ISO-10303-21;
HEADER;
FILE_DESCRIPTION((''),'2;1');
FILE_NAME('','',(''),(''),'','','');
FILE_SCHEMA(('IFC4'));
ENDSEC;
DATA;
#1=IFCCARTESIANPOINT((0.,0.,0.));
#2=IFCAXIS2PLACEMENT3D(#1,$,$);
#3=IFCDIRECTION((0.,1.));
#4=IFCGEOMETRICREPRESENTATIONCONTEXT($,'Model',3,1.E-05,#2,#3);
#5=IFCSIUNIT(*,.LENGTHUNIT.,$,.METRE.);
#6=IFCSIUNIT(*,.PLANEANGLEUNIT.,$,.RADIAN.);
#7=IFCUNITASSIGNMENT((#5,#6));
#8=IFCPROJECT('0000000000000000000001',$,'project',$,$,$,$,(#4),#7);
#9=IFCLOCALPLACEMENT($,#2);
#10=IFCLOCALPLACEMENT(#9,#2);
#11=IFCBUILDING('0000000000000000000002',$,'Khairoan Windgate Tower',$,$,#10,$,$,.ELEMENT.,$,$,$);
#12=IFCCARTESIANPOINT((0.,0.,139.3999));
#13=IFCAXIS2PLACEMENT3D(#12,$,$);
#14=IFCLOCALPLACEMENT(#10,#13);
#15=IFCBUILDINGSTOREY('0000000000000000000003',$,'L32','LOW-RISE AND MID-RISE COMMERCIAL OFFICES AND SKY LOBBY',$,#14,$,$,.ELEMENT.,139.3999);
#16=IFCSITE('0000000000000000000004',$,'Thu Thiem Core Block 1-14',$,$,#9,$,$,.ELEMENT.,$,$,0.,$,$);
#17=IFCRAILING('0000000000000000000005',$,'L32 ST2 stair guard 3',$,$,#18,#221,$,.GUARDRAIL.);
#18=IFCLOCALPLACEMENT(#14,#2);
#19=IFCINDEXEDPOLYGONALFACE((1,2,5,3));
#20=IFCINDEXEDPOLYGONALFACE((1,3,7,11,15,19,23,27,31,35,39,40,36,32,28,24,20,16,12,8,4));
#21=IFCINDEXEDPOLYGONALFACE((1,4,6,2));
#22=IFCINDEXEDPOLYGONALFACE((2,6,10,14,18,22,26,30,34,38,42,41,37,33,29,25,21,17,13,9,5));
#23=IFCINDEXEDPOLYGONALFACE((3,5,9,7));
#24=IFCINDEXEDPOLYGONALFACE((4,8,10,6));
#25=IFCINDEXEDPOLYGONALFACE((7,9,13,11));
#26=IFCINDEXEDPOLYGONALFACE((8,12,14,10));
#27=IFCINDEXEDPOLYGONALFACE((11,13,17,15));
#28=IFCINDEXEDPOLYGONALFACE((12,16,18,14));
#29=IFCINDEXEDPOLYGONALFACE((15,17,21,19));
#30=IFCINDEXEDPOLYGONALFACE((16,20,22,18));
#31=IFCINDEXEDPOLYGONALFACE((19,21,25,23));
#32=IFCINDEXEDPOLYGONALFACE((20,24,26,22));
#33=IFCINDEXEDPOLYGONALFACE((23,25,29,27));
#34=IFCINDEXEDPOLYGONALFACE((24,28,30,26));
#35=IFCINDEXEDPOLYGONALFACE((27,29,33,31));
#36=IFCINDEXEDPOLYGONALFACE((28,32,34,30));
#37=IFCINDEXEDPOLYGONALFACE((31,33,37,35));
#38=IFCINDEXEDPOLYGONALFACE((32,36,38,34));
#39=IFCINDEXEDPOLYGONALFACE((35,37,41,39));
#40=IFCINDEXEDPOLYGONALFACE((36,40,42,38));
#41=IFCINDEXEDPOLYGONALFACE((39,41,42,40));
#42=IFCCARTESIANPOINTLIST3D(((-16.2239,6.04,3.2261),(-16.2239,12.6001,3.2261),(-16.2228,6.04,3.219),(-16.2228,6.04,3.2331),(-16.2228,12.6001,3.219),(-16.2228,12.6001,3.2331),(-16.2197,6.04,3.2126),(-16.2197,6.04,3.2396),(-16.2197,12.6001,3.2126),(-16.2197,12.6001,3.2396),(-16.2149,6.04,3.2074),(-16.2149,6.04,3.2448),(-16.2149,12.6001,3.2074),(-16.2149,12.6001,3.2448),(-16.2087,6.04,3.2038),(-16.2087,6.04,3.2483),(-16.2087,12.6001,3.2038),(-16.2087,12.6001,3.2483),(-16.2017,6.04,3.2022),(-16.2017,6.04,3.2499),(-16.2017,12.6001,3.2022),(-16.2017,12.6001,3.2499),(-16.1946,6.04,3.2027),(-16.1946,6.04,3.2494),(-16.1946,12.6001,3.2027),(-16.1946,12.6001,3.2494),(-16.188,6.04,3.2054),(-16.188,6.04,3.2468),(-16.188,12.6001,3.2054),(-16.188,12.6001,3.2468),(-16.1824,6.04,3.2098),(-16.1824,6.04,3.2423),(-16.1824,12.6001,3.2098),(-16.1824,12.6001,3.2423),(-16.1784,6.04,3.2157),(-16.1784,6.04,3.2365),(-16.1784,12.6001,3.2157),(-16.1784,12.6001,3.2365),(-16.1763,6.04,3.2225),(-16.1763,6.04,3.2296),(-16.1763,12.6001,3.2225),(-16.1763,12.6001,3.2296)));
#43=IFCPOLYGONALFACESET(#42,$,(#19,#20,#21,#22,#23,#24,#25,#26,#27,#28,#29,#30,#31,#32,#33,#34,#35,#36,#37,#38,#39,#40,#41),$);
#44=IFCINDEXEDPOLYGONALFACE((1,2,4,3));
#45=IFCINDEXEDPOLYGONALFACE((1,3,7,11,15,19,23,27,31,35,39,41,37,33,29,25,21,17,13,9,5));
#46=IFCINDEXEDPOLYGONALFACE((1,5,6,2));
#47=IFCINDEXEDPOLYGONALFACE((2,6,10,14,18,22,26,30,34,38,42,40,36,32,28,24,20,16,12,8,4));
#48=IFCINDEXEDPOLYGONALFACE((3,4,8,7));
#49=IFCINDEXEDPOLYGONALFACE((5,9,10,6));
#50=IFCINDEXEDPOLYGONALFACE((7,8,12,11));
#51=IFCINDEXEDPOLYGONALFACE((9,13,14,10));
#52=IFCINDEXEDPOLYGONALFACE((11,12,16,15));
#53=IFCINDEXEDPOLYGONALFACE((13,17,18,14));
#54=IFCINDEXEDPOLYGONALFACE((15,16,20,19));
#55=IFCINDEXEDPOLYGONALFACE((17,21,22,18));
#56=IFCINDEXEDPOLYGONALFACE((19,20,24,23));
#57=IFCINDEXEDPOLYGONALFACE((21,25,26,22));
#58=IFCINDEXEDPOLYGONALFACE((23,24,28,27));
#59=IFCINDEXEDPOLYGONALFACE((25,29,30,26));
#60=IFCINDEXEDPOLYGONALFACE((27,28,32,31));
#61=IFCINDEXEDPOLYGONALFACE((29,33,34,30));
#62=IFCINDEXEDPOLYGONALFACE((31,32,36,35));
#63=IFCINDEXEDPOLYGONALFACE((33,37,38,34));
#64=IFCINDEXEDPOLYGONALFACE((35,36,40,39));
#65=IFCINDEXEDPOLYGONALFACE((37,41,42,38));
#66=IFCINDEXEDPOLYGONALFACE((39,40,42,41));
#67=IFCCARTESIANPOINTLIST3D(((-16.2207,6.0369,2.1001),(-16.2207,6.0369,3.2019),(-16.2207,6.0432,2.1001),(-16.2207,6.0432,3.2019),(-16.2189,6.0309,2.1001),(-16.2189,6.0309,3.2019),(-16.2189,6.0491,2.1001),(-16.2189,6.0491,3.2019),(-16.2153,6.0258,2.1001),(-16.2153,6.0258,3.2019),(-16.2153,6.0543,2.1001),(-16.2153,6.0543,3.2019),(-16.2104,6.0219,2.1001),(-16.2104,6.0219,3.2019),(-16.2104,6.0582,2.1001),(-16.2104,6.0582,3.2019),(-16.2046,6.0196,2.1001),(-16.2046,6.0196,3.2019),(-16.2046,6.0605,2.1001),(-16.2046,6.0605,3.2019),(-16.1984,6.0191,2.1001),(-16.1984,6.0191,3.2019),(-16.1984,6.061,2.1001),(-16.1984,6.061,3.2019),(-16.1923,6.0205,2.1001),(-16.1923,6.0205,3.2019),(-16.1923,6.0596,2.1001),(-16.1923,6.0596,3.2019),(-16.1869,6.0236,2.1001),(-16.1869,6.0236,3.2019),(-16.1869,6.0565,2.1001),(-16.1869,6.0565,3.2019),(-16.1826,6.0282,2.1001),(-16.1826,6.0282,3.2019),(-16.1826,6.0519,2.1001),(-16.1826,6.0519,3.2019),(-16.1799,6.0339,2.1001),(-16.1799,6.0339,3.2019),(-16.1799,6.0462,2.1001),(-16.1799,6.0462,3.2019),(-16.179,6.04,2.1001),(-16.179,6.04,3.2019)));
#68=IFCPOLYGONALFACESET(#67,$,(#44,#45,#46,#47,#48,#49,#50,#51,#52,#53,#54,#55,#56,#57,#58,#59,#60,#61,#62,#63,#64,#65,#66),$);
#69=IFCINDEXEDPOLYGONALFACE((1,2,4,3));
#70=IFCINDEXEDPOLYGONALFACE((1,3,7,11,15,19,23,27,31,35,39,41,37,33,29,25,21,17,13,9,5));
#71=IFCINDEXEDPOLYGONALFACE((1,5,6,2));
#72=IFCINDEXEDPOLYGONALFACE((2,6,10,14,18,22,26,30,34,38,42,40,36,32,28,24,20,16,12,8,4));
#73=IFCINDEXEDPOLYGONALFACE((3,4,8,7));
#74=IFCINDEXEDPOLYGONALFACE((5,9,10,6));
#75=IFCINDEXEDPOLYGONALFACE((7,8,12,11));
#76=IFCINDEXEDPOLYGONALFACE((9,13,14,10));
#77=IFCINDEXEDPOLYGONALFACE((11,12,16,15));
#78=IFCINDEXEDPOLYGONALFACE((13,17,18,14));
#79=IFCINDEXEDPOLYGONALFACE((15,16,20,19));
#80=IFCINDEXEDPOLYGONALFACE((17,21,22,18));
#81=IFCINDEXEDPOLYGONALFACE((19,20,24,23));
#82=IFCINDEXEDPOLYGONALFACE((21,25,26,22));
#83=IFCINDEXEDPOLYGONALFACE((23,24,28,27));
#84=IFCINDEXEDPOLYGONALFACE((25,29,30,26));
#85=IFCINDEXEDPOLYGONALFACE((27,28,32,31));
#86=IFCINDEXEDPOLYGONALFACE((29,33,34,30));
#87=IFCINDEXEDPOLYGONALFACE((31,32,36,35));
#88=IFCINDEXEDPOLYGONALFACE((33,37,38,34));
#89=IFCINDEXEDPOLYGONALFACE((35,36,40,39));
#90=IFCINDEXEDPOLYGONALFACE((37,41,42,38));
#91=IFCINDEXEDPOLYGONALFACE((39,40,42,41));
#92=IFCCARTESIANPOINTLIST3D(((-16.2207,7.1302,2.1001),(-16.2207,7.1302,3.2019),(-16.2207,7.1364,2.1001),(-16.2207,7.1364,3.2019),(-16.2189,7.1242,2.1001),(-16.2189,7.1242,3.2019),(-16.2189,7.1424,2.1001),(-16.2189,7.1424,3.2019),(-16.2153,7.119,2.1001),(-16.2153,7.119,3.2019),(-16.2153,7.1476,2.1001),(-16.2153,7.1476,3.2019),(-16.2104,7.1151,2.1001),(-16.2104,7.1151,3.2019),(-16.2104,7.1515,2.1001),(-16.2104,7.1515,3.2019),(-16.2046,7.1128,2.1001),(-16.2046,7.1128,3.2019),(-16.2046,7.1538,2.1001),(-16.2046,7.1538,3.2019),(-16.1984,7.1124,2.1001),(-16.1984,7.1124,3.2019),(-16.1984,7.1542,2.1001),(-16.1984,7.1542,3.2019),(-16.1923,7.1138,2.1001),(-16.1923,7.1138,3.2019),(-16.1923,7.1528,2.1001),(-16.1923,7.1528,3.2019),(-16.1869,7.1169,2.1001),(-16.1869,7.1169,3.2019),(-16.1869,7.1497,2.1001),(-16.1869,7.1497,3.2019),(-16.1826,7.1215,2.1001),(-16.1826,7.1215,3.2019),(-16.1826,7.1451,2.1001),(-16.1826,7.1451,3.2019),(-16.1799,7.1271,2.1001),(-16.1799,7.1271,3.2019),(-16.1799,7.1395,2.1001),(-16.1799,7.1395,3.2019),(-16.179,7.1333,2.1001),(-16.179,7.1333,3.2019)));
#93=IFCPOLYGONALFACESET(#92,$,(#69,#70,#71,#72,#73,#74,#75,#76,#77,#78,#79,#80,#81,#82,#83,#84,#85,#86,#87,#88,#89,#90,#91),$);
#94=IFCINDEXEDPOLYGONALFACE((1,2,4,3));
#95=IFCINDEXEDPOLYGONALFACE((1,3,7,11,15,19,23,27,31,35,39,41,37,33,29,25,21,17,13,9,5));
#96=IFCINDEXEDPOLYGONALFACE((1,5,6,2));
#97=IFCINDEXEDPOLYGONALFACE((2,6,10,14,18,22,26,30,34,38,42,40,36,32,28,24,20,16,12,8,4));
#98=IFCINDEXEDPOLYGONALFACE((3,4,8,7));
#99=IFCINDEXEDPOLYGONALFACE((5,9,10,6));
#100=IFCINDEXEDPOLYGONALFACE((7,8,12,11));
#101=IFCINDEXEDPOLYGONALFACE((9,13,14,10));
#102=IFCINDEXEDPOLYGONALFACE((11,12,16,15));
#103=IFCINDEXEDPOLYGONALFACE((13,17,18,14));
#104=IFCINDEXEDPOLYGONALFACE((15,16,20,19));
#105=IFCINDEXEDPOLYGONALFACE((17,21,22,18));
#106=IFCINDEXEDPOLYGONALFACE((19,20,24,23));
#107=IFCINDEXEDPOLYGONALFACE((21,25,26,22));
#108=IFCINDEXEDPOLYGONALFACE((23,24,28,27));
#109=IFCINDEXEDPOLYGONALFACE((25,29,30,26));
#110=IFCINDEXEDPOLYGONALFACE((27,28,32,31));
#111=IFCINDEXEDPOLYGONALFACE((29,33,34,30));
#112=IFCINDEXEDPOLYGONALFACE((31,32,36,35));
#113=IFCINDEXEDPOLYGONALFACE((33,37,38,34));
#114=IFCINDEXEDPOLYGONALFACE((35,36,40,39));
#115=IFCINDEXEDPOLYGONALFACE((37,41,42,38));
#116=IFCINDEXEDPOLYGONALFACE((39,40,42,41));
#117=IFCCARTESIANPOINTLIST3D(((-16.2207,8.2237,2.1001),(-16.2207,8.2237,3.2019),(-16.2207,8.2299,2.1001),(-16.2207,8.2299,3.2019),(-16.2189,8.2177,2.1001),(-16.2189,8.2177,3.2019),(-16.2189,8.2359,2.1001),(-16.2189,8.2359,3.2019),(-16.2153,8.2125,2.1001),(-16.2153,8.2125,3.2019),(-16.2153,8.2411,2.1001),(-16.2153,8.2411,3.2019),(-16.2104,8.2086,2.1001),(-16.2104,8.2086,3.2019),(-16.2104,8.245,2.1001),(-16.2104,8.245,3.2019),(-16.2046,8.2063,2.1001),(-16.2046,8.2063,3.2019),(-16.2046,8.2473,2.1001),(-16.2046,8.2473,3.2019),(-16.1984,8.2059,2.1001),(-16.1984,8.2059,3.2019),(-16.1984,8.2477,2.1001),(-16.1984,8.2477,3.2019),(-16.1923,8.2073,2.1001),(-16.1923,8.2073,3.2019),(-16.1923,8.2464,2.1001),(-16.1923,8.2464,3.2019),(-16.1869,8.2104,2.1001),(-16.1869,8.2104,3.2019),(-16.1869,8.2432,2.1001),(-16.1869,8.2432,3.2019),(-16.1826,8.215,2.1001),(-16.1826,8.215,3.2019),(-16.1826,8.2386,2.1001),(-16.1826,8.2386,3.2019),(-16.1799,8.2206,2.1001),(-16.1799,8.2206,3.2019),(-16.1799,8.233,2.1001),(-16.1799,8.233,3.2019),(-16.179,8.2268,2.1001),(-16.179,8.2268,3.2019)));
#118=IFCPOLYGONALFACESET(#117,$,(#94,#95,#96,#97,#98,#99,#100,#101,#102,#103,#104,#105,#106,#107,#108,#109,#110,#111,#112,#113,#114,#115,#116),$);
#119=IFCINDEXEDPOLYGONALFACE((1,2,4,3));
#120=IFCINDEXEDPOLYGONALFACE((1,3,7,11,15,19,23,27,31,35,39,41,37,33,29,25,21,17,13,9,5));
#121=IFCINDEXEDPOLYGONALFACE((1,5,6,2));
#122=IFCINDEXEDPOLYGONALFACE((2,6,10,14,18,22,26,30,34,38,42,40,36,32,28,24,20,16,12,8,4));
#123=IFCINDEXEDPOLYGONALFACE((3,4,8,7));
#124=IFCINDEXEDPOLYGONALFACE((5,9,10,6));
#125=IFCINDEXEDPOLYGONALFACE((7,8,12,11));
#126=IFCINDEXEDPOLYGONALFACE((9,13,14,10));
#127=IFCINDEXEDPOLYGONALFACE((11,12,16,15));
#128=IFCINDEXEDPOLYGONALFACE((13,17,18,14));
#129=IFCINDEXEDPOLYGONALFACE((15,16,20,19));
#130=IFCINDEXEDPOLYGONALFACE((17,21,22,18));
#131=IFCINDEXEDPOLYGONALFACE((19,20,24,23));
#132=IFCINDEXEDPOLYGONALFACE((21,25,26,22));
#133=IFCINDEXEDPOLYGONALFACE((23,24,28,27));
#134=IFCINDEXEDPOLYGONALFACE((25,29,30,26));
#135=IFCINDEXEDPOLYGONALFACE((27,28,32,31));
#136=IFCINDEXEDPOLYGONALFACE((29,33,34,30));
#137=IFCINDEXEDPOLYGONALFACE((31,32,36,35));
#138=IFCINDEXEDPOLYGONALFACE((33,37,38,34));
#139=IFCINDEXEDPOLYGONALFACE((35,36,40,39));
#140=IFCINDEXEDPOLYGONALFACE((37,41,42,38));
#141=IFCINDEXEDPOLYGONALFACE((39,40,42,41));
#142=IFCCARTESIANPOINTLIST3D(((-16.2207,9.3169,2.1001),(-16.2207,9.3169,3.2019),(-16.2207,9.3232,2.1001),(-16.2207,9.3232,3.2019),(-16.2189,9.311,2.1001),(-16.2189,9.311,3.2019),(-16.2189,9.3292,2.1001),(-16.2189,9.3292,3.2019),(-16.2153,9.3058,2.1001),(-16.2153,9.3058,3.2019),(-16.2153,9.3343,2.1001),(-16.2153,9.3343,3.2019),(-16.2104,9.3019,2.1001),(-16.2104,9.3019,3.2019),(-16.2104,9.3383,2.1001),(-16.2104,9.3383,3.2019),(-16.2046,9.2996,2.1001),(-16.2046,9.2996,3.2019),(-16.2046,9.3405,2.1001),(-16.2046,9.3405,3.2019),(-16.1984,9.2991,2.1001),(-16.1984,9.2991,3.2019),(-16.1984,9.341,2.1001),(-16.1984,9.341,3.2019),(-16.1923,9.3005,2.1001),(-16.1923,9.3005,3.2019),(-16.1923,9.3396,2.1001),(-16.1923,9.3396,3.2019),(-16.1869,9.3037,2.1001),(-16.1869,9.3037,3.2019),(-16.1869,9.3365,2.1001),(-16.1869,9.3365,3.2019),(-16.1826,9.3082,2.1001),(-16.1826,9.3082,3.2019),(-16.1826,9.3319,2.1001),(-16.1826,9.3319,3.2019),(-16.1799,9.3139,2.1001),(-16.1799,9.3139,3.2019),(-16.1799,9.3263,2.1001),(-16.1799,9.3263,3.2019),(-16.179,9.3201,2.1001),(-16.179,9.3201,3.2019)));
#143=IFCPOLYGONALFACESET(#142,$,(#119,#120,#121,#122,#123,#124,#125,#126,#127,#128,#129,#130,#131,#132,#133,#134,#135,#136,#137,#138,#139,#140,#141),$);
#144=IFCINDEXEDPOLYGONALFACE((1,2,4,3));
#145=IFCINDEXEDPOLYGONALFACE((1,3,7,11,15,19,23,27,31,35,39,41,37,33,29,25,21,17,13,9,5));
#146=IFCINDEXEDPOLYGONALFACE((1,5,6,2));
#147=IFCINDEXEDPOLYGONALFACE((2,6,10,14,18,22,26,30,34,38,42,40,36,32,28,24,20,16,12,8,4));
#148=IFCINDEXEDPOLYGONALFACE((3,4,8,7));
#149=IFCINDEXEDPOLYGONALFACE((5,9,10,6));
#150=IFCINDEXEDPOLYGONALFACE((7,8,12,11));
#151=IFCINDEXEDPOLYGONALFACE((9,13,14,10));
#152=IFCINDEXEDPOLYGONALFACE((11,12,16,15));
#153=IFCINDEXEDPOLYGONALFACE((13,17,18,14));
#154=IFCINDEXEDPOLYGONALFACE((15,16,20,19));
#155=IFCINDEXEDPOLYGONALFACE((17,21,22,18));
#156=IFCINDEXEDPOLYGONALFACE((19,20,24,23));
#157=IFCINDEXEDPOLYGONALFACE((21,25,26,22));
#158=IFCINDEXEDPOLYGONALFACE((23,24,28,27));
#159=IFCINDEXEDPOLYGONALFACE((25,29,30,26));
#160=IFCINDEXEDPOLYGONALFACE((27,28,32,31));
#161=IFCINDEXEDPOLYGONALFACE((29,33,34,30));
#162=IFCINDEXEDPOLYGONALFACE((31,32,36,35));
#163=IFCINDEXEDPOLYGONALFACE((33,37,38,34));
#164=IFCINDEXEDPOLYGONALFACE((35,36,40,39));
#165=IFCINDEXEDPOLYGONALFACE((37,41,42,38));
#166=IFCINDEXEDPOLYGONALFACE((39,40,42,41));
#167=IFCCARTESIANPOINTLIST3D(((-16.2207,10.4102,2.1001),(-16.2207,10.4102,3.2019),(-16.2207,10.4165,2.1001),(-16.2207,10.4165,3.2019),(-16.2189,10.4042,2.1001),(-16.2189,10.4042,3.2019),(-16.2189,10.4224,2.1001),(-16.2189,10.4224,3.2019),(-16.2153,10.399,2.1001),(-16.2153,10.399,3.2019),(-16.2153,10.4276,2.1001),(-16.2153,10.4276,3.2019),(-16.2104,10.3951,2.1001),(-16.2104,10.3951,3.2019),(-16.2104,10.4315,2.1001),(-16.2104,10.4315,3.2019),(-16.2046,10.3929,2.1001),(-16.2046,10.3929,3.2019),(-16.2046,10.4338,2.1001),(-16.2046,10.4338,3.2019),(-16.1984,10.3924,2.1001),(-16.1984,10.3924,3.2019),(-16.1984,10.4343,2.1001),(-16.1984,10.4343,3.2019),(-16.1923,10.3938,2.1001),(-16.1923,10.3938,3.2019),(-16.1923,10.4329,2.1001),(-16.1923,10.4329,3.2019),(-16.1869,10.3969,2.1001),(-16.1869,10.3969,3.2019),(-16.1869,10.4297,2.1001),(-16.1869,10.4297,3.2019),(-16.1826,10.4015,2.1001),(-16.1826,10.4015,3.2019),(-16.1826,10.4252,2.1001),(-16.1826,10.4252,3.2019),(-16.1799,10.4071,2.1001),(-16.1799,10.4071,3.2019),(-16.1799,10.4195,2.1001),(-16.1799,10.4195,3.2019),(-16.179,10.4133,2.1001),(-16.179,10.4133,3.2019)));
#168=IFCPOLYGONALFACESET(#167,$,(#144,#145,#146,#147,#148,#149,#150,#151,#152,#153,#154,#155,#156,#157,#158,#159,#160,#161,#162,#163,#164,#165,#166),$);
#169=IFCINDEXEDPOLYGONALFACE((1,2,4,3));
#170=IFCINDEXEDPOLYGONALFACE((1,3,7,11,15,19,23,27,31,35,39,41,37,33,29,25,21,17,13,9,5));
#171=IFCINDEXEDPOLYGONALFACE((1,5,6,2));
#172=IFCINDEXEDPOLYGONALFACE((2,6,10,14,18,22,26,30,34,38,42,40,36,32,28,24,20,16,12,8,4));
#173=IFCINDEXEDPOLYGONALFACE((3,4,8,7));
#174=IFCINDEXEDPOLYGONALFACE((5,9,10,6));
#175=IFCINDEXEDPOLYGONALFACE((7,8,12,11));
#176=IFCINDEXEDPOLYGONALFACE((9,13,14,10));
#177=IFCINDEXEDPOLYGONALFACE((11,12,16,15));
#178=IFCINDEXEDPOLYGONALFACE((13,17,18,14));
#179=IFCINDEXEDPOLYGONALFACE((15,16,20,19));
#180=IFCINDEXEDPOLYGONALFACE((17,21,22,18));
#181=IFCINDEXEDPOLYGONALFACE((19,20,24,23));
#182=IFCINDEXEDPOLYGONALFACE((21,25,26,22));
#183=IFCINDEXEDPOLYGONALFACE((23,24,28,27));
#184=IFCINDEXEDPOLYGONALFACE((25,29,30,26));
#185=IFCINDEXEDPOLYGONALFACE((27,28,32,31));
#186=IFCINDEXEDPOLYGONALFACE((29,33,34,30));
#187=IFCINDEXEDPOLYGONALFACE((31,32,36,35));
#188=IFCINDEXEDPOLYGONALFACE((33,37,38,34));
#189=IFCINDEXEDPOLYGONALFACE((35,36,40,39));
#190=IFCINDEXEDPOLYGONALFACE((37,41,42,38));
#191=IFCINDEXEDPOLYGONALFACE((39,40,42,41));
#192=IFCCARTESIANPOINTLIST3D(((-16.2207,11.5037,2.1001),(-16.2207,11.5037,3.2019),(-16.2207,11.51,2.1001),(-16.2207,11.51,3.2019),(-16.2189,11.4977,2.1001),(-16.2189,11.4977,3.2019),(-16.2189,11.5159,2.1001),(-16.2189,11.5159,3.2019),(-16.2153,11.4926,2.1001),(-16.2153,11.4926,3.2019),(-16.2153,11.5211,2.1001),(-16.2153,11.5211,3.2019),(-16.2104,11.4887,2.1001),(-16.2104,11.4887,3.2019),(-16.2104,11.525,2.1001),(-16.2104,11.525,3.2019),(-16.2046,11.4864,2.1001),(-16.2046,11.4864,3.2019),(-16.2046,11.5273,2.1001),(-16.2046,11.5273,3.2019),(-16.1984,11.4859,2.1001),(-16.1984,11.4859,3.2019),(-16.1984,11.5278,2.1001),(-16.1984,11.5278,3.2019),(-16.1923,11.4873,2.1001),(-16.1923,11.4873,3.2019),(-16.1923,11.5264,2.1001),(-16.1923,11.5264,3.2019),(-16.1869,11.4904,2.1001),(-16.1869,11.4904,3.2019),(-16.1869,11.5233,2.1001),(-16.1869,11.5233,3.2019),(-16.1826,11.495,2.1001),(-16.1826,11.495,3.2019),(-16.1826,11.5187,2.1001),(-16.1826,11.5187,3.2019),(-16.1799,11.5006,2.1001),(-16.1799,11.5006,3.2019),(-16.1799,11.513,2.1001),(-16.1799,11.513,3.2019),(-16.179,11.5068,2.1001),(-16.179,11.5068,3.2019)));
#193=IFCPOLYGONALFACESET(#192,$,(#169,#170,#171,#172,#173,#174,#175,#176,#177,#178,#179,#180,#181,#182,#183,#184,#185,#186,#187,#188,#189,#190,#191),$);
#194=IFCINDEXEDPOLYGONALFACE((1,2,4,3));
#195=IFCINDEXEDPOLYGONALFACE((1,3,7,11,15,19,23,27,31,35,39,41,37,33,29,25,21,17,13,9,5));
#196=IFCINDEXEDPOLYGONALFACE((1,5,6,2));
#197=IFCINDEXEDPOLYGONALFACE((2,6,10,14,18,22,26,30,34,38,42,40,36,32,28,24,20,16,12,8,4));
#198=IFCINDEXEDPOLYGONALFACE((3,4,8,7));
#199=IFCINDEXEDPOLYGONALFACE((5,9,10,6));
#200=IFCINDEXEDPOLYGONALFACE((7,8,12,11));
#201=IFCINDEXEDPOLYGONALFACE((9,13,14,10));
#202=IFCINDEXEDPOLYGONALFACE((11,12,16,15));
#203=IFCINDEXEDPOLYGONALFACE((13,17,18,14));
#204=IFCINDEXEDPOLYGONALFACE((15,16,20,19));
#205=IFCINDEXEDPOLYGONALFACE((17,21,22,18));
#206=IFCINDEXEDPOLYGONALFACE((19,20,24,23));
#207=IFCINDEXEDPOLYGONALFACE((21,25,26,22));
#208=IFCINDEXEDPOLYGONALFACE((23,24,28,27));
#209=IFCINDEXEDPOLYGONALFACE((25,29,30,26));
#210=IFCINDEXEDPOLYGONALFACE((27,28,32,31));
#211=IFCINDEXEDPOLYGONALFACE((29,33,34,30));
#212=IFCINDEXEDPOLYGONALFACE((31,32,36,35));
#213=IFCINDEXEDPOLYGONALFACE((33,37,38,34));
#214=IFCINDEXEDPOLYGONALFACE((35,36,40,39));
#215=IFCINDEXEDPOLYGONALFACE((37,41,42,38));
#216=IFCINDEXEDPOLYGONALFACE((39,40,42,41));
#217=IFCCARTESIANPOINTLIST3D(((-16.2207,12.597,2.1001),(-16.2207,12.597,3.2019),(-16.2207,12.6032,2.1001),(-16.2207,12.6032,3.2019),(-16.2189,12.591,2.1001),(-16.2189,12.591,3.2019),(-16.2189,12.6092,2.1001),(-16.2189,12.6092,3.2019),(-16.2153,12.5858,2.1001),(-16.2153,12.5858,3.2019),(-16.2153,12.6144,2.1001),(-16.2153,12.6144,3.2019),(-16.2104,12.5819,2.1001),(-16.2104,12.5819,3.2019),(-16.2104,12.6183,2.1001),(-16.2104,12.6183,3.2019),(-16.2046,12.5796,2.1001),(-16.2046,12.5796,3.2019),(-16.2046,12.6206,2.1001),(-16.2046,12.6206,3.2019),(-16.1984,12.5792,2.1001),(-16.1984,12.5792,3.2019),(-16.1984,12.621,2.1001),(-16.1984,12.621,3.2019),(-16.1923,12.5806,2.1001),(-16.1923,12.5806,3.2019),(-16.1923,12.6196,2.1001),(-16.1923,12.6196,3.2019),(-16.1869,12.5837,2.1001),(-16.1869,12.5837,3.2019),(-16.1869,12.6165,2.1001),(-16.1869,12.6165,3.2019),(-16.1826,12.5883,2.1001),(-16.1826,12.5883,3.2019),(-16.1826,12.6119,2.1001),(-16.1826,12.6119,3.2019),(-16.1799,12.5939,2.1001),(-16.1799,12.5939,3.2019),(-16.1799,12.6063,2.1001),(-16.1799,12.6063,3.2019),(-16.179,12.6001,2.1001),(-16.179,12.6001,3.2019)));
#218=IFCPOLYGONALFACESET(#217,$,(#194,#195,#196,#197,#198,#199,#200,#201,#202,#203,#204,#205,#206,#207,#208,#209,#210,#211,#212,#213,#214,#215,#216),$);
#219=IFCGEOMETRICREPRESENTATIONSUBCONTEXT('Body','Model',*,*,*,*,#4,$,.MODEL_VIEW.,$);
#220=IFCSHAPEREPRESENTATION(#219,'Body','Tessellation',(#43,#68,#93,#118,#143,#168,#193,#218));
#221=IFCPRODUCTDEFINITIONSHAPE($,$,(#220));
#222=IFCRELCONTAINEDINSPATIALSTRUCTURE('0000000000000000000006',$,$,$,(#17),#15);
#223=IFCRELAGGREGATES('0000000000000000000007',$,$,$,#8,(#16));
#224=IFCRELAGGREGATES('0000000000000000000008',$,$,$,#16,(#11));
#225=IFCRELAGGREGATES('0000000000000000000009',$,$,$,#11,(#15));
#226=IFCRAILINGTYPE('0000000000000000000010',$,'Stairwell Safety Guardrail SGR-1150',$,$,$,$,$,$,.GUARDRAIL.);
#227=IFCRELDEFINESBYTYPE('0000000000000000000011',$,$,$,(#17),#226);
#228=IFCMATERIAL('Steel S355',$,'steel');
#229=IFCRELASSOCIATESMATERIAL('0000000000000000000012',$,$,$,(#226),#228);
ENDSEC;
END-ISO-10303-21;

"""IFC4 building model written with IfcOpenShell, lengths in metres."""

from ifc_helpers import new_model, si_unit, direction, frame, origin, origin_2d, place, context, subcontext, project, spatial, circle, extrude, material, type_object, element, save


model = new_model("IFC4")

# Units and contexts
model_context = context("Model", 3, precision=1e-05, world=origin(), true_north=direction((0.0, 1.0)))
body_context = subcontext(model_context, "Body", "Model", "MODEL_VIEW")
ifc_project = project(units=[si_unit("LENGTHUNIT", "METRE"), si_unit("PLANEANGLEUNIT", "RADIAN")], contexts=[model_context])

# Site, building, storey
site_placement = place(None, origin())
site = spatial("IfcSite", under=ifc_project, at=site_placement, Name="Thu Thiem Core Block 1-14", CompositionType="ELEMENT", RefElevation=0.0)
building_placement = place(site_placement, origin())
building = spatial("IfcBuilding", under=site, at=building_placement, Name="Khairoan Windgate Tower", CompositionType="ELEMENT")
storey_placement = place(building_placement, frame((0.0, 0.0, 139.3999)))
storey = spatial("IfcBuildingStorey", under=building, at=storey_placement, Name="L32", Description="LOW-RISE AND MID-RISE COMMERCIAL OFFICES AND SKY LOBBY", CompositionType="ELEMENT", Elevation=139.3999)

# Railing
ifc_material_1 = material(Name="Steel S355", Category="steel")
railing_type_1 = type_object("IfcRailingType", Name="Stairwell Safety Guardrail SGR-1150", PredefinedType="GUARDRAIL", material=ifc_material_1)
railing_1_placement = place(storey_placement, frame((-16.2, 6.04, 2.1001)))
element("IfcRailing", 1, at=railing_1_placement, inside=storey, type_object=railing_type_1, Name="L32 ST2 stair guard 3", PredefinedType="GUARDRAIL", context=body_context, shape_type="SweptSolid", body=[
    extrude(circle(Radius=0.0239, at=origin_2d()), frame((0.0, 0.0, 1.126), z_axis=(0.0, 1.0, 0.0), x_axis=(-1.0, 0.0, 0.0)), (0.0, 0.0, 1.0), 6.5601),
    extrude(circle(Radius=0.021, at=origin_2d()), origin(), (0.0, 0.0, 1.0), 1.1018),
    extrude(circle(Radius=0.021, at=origin_2d()), frame((0.0, 1.0933, 0.0)), (0.0, 0.0, 1.0), 1.1018),
    extrude(circle(Radius=0.021, at=origin_2d()), frame((0.0, 2.1868, 0.0)), (0.0, 0.0, 1.0), 1.1018),
    extrude(circle(Radius=0.021, at=origin_2d()), frame((0.0, 3.28, 0.0)), (0.0, 0.0, 1.0), 1.1018),
    extrude(circle(Radius=0.021, at=origin_2d()), frame((0.0, 4.3733, 0.0)), (0.0, 0.0, 1.0), 1.1018),
    extrude(circle(Radius=0.021, at=origin_2d()), frame((0.0, 5.4668, 0.0)), (0.0, 0.0, 1.0), 1.1018),
    extrude(circle(Radius=0.021, at=origin_2d()), frame((0.0, 6.5601, 0.0)), (0.0, 0.0, 1.0), 1.1018),
])

save(model, "model.ifc")
